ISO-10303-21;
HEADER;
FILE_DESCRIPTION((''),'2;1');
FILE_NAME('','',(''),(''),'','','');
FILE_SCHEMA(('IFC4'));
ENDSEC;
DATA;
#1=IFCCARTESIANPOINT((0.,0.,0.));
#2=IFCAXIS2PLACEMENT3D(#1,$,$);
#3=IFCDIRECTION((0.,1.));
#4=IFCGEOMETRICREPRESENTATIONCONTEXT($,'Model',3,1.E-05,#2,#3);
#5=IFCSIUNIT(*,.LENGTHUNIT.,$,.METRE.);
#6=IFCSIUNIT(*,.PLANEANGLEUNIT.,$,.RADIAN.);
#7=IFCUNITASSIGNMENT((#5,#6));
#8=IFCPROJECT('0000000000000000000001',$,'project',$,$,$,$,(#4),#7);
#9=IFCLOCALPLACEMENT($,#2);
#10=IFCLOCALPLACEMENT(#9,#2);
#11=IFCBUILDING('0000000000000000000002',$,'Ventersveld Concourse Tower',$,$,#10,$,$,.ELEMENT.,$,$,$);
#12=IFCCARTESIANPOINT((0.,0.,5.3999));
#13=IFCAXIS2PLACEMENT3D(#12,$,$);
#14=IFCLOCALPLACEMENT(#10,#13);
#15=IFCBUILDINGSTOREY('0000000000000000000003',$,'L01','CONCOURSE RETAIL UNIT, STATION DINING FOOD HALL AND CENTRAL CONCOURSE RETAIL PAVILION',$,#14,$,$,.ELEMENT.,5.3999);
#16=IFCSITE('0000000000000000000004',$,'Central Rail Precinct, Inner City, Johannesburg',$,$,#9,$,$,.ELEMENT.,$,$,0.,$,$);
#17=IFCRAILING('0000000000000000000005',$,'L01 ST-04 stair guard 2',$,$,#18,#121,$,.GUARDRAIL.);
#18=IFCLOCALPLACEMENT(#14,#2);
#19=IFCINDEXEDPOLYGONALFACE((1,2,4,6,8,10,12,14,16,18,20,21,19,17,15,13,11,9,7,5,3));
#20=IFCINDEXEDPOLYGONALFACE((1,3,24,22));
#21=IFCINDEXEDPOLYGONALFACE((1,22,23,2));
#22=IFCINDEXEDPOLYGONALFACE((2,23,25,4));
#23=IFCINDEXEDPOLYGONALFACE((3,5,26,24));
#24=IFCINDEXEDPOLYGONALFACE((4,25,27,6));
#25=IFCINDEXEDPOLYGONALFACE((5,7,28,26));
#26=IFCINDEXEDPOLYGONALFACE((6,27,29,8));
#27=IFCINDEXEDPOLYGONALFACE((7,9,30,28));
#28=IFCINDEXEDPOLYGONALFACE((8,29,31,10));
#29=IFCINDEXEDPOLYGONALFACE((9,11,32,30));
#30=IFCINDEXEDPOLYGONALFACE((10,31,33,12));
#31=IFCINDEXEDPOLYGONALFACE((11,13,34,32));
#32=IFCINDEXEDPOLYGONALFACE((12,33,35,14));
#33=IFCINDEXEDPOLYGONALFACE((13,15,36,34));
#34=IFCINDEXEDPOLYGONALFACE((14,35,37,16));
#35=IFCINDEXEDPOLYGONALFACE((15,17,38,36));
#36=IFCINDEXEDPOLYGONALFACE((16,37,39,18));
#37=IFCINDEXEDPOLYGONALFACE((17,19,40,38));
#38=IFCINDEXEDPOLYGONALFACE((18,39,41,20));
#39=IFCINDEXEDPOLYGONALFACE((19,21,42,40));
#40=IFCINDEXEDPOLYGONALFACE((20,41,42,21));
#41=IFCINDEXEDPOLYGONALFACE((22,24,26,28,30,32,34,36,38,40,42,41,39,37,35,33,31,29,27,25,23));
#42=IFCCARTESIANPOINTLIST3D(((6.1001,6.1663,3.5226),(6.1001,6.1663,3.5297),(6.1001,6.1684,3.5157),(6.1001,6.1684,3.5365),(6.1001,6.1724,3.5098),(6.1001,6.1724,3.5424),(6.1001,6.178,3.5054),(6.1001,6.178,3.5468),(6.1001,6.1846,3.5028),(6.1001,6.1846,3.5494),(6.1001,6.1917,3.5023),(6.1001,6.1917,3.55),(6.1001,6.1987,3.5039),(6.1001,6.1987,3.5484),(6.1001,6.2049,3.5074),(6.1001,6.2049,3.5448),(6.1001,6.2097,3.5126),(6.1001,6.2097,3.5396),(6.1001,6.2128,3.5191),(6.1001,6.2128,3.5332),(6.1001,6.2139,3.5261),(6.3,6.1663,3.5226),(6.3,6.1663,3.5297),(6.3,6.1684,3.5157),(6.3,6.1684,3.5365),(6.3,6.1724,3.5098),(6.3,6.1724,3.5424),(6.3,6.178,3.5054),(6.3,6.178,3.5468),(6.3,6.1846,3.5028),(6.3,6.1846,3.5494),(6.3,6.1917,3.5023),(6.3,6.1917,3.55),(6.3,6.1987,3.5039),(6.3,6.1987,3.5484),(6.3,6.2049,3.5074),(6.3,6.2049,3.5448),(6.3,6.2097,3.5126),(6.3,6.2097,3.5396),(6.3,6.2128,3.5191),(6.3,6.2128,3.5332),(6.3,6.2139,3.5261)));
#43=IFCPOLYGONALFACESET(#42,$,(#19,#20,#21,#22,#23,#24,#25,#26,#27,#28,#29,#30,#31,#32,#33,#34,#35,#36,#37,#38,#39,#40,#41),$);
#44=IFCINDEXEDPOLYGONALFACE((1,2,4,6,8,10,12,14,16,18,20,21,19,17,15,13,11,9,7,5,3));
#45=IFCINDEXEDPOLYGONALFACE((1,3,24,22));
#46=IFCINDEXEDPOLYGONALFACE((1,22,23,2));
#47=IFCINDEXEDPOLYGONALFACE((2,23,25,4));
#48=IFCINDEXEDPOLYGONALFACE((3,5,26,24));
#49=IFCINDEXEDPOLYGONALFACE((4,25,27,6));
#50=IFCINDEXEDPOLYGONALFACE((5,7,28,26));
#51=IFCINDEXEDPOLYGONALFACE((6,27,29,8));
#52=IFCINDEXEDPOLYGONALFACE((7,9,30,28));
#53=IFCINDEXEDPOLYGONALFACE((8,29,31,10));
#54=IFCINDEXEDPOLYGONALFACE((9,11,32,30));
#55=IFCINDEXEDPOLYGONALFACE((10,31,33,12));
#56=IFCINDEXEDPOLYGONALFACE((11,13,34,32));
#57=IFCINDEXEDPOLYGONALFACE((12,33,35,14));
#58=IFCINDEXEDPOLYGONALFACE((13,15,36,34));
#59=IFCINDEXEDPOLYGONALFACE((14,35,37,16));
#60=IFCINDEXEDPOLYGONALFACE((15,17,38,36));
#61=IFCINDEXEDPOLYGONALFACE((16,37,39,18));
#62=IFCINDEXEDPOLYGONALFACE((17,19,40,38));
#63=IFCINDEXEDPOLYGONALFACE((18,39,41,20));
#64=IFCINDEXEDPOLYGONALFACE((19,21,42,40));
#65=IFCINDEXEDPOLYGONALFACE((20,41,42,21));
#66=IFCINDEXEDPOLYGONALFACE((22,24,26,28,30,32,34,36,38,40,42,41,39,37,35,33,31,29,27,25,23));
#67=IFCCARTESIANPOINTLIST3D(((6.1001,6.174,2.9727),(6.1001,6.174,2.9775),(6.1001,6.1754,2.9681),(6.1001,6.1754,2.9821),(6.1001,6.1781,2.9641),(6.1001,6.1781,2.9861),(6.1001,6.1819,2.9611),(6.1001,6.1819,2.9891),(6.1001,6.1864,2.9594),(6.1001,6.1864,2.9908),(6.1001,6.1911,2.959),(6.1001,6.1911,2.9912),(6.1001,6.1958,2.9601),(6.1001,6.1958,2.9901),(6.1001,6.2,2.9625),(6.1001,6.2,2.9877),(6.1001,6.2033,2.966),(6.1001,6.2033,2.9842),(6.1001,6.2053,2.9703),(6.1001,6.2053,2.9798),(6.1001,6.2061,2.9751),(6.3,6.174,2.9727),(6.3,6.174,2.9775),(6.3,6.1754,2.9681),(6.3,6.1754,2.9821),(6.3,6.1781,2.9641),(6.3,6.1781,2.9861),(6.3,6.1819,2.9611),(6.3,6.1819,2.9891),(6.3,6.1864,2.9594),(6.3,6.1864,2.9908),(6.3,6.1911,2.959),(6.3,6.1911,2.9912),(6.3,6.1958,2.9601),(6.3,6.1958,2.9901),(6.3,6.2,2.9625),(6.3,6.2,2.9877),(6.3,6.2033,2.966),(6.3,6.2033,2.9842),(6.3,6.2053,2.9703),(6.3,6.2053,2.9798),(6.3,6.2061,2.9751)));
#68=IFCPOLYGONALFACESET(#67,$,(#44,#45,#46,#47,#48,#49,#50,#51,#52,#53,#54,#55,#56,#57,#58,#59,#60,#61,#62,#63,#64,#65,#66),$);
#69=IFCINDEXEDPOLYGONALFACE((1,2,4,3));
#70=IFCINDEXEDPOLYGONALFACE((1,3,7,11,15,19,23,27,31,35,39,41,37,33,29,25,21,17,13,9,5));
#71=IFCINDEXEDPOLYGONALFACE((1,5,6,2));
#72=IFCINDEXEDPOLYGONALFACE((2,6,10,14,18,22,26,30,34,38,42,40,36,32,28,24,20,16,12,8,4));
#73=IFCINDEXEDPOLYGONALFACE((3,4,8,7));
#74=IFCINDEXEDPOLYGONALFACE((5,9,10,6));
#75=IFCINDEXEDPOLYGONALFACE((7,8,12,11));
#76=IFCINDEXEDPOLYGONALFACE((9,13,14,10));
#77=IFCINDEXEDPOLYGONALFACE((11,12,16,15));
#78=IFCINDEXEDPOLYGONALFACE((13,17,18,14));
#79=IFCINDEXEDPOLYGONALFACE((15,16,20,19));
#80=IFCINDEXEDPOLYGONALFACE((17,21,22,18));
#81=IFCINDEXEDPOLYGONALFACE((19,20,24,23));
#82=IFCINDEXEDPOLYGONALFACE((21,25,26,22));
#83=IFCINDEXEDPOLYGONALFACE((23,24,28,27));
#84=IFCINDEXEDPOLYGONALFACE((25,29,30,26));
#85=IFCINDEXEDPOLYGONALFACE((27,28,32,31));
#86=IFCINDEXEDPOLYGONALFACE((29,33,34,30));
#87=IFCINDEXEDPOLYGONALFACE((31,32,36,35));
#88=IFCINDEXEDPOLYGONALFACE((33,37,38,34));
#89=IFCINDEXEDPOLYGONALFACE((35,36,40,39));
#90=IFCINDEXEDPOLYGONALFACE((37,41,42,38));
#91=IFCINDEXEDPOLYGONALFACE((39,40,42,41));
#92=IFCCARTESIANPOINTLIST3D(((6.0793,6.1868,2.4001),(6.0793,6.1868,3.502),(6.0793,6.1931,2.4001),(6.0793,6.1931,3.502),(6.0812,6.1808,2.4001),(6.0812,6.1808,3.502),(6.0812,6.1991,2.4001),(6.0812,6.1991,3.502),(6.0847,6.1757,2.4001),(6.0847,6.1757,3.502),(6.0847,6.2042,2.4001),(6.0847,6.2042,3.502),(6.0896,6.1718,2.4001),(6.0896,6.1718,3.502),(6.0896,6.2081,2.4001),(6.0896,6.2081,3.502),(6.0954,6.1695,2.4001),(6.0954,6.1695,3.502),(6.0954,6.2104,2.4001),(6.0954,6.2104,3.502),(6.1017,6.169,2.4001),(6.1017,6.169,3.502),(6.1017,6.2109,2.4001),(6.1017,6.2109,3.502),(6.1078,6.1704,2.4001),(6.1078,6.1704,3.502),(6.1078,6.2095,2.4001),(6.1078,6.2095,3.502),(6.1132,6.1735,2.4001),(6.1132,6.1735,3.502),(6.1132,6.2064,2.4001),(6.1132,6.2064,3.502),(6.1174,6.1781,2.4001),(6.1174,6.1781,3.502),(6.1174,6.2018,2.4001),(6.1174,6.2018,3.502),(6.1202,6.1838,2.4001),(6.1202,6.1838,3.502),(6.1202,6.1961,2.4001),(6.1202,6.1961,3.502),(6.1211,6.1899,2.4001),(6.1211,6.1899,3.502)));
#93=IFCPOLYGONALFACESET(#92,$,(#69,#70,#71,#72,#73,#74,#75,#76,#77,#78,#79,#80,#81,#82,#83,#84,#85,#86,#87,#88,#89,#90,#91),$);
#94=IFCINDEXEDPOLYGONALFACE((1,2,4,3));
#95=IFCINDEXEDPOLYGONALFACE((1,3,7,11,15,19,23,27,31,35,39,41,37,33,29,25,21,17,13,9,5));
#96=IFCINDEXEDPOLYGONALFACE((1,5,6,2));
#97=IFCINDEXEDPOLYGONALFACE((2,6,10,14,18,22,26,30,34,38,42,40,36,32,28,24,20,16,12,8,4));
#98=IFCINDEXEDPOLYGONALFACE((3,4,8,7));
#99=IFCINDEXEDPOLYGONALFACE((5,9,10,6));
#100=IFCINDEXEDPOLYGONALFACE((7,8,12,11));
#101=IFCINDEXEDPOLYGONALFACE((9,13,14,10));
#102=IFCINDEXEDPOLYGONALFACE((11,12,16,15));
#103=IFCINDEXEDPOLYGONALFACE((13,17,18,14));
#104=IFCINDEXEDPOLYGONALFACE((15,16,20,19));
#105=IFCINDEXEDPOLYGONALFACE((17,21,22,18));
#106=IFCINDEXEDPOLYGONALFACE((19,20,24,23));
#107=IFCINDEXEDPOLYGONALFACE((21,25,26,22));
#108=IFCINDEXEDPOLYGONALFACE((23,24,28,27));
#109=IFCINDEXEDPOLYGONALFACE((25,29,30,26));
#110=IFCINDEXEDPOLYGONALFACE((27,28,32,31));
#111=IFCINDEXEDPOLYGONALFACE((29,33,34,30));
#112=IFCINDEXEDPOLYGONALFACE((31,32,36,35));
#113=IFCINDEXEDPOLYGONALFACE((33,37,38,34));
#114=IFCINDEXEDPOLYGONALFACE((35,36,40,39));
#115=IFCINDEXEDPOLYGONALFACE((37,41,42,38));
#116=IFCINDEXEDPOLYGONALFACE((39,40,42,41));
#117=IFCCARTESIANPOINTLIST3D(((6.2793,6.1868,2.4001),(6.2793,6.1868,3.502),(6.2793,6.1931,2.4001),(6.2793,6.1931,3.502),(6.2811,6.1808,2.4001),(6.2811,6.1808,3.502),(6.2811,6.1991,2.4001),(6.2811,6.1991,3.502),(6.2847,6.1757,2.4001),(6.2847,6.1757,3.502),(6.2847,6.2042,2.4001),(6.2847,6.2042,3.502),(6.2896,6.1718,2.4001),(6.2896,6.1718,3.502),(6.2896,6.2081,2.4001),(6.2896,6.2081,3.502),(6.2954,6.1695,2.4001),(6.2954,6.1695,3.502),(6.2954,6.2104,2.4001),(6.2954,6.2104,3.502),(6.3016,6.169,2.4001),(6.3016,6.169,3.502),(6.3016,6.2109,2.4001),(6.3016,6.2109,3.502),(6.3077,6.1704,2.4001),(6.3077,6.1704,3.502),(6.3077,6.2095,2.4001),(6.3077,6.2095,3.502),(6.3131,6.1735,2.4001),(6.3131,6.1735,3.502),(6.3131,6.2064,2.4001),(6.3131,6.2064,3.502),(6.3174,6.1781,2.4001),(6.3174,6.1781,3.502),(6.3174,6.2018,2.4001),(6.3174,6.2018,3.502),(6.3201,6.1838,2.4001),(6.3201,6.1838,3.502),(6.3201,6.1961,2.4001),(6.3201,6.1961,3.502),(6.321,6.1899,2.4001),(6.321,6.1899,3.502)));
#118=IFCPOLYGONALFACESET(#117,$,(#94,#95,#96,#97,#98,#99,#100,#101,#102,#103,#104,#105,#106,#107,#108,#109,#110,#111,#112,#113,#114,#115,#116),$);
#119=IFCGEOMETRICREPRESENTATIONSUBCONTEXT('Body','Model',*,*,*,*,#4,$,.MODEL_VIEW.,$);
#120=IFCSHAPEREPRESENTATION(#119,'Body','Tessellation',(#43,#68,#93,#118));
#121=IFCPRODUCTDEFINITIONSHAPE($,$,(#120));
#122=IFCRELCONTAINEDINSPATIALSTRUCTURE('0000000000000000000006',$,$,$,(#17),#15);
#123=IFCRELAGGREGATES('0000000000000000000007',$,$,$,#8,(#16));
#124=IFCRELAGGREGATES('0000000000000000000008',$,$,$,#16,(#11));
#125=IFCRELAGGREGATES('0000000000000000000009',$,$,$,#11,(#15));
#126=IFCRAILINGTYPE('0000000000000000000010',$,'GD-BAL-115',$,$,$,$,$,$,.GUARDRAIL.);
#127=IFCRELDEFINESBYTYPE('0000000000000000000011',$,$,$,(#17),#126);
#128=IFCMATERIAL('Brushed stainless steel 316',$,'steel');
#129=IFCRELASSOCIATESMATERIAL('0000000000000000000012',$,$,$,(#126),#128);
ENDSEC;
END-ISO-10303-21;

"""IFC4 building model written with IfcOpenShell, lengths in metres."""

from ifc_helpers import new_model, si_unit, direction, frame, origin, origin_2d, place, context, subcontext, project, spatial, circle, extrude, material, type_object, element, save


model = new_model("IFC4")

# Units and contexts
model_context = context("Model", 3, precision=1e-05, world=origin(), true_north=direction((0.0, 1.0)))
body_context = subcontext(model_context, "Body", "Model", "MODEL_VIEW")
ifc_project = project(units=[si_unit("LENGTHUNIT", "METRE"), si_unit("PLANEANGLEUNIT", "RADIAN")], contexts=[model_context])

# Site, building, storey
site_placement = place(None, origin())
site = spatial("IfcSite", under=ifc_project, at=site_placement, Name="Central Rail Precinct, Inner City, Johannesburg", CompositionType="ELEMENT", RefElevation=0.0)
building_placement = place(site_placement, origin())
building = spatial("IfcBuilding", under=site, at=building_placement, Name="Ventersveld Concourse Tower", CompositionType="ELEMENT")
storey_placement = place(building_placement, frame((0.0, 0.0, 5.3999)))
storey = spatial("IfcBuildingStorey", under=building, at=storey_placement, Name="L01", Description="CONCOURSE RETAIL UNIT, STATION DINING FOOD HALL AND CENTRAL CONCOURSE RETAIL PAVILION", CompositionType="ELEMENT", Elevation=5.3999)

# Shared definitions
ifc_material_1 = material(Name="Brushed stainless steel 316", Category="steel")

# Railing
railing_type_1 = type_object("IfcRailingType", Name="GD-BAL-115", PredefinedType="GUARDRAIL", material=ifc_material_1)
railing_1_placement = place(storey_placement, frame((6.1001, 6.1899, 2.4001)))
element("IfcRailing", 1, at=railing_1_placement, inside=storey, type_object=railing_type_1, Name="L01 ST-04 stair guard 2", PredefinedType="GUARDRAIL", context=body_context, shape_type="SweptSolid", body=[
    extrude(circle(Radius=0.0239, at=origin_2d()), frame((0.0, 0.0, 1.126), z_axis=(1.0, 0.0, 0.0), x_axis=(0.0, 1.0, 0.0)), (0.0, 0.0, 1.0), 0.2),
    extrude(circle(Radius=0.0161, at=origin_2d()), frame((0.0, 0.0, 0.575), z_axis=(1.0, 0.0, 0.0), x_axis=(0.0, 1.0, 0.0)), (0.0, 0.0, 1.0), 0.2),
    extrude(circle(Radius=0.021, at=origin_2d()), origin(), (0.0, 0.0, 1.0), 1.1018),
    extrude(circle(Radius=0.021, at=origin_2d()), frame((0.2, 0.0, 0.0)), (0.0, 0.0, 1.0), 1.1018),
])

save(model, "model.ifc")
